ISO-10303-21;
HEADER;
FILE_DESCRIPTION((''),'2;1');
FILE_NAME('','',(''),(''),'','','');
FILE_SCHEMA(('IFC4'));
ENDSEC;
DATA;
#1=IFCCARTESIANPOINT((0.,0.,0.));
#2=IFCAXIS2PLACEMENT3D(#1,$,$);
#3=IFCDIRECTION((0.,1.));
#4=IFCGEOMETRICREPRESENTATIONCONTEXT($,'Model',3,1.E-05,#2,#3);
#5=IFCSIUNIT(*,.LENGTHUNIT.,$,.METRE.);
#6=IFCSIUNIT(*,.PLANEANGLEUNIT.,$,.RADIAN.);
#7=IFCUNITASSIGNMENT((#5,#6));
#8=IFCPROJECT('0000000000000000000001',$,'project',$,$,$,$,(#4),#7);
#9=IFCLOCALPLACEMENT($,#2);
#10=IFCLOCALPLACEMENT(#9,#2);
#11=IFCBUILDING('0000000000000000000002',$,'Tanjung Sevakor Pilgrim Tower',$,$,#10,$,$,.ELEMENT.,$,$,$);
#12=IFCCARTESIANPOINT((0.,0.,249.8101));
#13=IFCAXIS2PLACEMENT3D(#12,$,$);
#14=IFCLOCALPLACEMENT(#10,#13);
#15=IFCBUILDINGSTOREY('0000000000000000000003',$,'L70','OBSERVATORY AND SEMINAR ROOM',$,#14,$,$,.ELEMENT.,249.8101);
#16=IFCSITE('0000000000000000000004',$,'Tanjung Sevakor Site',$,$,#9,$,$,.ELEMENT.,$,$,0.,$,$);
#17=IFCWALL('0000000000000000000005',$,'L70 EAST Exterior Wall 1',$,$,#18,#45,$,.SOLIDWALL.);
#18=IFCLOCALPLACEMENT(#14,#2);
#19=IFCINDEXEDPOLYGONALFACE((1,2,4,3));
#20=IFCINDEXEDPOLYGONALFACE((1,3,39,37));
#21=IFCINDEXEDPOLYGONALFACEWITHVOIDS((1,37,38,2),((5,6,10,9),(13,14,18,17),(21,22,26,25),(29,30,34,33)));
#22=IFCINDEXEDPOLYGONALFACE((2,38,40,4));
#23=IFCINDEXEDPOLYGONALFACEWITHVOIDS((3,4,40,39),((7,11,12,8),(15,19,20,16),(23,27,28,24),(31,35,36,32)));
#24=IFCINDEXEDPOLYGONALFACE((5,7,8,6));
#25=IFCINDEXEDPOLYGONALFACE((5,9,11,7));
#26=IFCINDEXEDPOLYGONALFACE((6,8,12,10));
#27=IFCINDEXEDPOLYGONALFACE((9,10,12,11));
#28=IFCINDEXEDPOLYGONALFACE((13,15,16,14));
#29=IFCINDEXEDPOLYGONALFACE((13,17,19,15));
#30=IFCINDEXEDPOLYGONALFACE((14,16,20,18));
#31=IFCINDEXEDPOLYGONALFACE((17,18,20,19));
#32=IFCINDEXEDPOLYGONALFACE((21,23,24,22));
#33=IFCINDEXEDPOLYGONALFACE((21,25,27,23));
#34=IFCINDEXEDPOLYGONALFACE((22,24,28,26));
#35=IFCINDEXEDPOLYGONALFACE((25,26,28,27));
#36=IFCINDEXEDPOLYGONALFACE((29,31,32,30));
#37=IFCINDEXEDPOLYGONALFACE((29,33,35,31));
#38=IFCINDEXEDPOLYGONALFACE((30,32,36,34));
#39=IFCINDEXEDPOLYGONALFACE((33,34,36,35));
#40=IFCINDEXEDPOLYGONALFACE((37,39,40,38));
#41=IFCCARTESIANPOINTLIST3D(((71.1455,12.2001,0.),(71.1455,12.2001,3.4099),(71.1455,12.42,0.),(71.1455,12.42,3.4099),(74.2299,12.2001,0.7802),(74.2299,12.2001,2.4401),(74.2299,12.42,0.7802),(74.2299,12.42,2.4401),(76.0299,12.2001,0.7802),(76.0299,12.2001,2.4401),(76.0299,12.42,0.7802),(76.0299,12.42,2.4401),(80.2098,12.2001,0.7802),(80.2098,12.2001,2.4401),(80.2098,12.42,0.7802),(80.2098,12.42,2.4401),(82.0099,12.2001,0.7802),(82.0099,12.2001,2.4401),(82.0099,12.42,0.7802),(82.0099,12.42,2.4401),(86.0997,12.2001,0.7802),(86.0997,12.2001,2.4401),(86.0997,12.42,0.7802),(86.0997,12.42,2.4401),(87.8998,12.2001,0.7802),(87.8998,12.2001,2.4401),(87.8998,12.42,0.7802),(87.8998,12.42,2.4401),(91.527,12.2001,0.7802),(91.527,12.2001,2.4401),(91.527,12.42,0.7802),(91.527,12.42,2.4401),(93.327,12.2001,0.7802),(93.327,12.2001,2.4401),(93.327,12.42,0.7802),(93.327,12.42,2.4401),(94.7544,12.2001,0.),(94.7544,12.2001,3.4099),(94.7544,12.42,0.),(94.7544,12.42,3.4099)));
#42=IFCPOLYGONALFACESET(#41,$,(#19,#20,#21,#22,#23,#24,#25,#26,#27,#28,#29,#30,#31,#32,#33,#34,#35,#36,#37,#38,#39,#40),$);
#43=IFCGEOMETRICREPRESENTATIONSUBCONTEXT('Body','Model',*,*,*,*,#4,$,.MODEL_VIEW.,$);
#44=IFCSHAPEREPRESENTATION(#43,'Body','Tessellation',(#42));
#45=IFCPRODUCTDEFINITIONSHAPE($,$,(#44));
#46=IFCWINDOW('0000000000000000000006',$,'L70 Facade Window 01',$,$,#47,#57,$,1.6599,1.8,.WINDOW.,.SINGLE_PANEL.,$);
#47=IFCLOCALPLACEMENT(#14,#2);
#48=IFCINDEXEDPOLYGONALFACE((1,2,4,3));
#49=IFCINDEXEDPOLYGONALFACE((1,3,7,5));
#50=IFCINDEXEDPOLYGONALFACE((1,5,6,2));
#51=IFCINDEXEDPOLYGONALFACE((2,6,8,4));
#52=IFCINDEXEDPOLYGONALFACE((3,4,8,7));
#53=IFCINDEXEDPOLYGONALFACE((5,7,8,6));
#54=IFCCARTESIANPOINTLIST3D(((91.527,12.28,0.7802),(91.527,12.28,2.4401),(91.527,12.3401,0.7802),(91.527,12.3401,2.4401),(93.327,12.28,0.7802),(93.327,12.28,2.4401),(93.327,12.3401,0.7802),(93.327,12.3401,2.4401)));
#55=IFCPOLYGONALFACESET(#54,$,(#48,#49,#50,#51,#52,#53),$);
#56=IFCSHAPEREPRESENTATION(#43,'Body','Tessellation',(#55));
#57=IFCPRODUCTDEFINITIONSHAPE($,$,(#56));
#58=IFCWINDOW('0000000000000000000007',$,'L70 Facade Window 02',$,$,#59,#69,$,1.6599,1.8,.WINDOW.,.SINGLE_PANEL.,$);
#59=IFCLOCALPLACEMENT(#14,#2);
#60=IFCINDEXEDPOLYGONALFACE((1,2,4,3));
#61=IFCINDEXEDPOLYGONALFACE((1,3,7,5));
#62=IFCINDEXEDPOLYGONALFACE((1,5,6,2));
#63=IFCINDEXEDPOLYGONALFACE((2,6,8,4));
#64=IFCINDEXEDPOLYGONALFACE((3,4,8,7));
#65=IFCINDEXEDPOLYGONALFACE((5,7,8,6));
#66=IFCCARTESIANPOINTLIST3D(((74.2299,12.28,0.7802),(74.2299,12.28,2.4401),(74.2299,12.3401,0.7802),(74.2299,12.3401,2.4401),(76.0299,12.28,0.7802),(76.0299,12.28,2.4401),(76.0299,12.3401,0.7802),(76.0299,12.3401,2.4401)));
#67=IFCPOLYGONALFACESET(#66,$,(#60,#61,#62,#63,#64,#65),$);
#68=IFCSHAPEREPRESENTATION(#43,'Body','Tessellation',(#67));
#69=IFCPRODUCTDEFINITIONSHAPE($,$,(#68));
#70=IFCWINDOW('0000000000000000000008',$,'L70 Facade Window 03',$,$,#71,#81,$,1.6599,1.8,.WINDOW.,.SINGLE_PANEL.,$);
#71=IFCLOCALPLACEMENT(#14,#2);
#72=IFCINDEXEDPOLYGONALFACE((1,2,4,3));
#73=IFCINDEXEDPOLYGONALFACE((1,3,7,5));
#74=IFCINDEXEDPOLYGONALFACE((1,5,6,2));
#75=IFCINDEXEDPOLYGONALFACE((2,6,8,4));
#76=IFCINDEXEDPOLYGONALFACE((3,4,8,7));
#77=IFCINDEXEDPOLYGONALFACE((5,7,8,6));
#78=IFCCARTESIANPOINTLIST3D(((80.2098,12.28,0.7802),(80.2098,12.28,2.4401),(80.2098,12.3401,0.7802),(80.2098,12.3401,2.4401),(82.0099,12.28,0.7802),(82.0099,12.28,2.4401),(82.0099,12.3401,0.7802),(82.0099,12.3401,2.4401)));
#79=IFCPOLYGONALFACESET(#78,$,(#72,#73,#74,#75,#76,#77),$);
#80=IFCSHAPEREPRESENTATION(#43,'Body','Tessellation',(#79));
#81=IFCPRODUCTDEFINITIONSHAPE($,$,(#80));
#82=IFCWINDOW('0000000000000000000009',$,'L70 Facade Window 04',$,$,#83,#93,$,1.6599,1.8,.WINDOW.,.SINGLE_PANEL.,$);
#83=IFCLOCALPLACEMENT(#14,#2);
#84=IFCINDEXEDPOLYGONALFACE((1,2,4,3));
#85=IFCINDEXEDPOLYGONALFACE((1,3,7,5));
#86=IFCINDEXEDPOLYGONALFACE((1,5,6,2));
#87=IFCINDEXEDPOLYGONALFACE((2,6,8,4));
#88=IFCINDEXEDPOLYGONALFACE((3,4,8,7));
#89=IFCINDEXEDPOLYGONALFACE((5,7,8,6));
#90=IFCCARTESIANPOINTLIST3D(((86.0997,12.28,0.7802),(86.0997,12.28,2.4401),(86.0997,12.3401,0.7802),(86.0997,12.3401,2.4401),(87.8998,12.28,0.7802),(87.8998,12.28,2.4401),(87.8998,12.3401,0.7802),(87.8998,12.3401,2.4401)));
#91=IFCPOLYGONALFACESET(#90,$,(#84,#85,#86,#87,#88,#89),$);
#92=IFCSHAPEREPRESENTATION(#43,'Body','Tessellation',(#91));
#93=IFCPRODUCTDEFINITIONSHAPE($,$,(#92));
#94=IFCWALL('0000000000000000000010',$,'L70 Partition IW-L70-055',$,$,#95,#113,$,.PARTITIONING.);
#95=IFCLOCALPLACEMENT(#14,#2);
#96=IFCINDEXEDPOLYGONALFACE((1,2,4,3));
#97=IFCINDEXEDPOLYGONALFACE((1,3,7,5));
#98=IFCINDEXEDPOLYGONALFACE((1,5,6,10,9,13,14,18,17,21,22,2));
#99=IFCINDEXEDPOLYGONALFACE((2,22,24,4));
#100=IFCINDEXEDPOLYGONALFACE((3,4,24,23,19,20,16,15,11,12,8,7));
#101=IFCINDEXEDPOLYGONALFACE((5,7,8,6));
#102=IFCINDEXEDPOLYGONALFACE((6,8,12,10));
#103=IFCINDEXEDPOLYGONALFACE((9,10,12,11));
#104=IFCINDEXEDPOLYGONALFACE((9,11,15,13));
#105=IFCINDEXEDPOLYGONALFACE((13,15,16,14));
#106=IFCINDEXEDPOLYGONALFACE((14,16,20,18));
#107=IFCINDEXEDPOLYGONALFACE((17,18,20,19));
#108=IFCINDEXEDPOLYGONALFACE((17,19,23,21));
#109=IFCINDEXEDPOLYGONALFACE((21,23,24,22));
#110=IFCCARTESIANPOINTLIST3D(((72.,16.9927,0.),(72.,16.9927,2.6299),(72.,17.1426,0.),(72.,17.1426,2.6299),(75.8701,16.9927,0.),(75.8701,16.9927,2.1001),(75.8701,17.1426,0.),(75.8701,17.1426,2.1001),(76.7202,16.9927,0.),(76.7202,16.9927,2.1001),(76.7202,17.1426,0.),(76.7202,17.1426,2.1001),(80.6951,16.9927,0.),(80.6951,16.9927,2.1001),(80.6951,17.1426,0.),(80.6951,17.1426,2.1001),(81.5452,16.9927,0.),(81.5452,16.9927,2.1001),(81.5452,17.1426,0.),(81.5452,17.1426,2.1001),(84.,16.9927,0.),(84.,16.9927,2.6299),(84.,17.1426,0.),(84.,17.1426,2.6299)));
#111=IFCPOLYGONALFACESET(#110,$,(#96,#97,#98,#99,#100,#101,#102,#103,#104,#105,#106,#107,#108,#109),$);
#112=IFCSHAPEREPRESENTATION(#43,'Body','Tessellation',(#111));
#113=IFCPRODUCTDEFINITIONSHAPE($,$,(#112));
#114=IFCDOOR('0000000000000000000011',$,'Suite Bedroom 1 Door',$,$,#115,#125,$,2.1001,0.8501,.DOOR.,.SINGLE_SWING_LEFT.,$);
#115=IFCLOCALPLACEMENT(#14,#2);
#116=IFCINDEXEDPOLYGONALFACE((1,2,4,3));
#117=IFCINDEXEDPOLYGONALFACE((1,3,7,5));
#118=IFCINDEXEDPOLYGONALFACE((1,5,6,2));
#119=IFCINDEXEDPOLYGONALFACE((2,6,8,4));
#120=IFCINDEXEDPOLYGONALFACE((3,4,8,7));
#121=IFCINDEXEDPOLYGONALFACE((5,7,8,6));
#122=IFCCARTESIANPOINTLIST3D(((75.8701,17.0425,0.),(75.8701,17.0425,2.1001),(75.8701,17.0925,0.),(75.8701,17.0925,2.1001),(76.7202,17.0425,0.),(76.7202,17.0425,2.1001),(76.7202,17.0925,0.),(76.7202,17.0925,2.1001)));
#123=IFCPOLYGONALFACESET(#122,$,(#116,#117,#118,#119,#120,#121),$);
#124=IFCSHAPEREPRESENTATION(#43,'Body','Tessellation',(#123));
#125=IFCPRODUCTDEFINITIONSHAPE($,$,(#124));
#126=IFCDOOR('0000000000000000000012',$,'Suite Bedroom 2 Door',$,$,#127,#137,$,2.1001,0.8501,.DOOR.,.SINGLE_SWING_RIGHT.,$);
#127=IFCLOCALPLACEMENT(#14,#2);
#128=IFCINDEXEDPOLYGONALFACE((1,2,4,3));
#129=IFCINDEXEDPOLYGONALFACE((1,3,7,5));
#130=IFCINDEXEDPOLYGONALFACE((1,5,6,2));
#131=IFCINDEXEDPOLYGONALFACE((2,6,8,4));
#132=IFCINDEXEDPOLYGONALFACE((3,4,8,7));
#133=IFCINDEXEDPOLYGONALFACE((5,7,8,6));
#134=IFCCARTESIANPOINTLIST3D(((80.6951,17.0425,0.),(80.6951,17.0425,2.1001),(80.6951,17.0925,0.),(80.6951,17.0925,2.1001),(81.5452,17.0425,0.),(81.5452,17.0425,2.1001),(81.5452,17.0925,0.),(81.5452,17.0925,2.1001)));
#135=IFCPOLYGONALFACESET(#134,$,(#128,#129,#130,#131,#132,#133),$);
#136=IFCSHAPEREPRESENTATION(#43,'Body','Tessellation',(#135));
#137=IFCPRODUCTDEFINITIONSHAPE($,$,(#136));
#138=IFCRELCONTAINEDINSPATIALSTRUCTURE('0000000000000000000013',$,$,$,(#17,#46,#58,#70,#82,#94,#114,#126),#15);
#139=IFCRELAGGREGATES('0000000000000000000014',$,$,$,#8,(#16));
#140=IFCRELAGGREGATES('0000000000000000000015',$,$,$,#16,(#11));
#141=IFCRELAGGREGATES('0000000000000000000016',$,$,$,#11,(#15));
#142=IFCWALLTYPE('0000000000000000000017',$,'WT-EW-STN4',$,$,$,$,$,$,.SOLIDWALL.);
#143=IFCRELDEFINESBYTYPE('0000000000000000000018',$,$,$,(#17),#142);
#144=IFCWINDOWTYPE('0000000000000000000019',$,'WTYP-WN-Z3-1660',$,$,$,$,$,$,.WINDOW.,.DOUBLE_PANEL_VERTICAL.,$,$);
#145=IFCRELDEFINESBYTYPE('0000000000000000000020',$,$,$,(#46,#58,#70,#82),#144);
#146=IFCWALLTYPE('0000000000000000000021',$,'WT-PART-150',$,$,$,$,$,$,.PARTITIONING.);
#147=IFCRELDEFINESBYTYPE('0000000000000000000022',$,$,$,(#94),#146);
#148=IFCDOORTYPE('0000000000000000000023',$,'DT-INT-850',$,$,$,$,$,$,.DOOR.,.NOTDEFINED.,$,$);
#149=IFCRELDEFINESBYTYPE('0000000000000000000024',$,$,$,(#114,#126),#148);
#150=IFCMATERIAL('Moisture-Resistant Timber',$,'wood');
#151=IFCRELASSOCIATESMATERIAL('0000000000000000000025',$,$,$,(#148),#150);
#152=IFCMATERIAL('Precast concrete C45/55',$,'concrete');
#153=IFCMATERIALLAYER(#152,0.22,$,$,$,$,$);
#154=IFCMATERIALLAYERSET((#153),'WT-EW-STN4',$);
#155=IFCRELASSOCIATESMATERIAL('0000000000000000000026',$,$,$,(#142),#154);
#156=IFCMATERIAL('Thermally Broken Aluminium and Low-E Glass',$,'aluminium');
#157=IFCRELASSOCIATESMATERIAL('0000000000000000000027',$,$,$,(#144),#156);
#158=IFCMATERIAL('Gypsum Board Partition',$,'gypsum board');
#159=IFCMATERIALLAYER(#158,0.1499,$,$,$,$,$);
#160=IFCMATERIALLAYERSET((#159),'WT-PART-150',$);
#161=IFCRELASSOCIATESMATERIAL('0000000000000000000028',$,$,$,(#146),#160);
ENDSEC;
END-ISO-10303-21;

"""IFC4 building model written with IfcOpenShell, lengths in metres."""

from ifc_helpers import new_model, si_unit, direction, frame, frame_2d, origin, place, context, subcontext, project, spatial, rectangle, extrude, material, layer, layer_set, type_object, element, fill, save


model = new_model("IFC4")

# Units and contexts
model_context = context("Model", 3, precision=1e-05, world=origin(), true_north=direction((0.0, 1.0)))
body_context = subcontext(model_context, "Body", "Model", "MODEL_VIEW")
ifc_project = project(units=[si_unit("LENGTHUNIT", "METRE"), si_unit("PLANEANGLEUNIT", "RADIAN")], contexts=[model_context])

# Site, building, storey
site_placement = place(None, origin())
site = spatial("IfcSite", under=ifc_project, at=site_placement, Name="Tanjung Sevakor Site", CompositionType="ELEMENT", RefElevation=0.0)
building_placement = place(site_placement, origin())
building = spatial("IfcBuilding", under=site, at=building_placement, Name="Tanjung Sevakor Pilgrim Tower", CompositionType="ELEMENT")
storey_placement = place(building_placement, frame((0.0, 0.0, 249.8101)))
storey = spatial("IfcBuildingStorey", under=building, at=storey_placement, Name="L70", Description="OBSERVATORY AND SEMINAR ROOM", CompositionType="ELEMENT", Elevation=249.8101)

# Shared definitions
ifc_material_1 = material(Name="Moisture-Resistant Timber", Category="wood")
door_type_1 = type_object("IfcDoorType", Name="DT-INT-850", OperationType="NOTDEFINED", PredefinedType="DOOR", material=ifc_material_1)

# Wall, openings, windows
ifc_material_2 = material(Name="Precast concrete C45/55", Category="concrete")
ifc_layer_1 = layer(ifc_material_2, 0.22)
ifc_layer_set_1 = layer_set([ifc_layer_1], Name="WT-EW-STN4")
wall_type_1 = type_object("IfcWallType", Name="WT-EW-STN4", PredefinedType="SOLIDWALL", material=ifc_layer_set_1)
wall_1_placement = place(storey_placement, frame((71.1455, 12.3101, 0.0), z_axis=(0.0, 0.0, 1.0), x_axis=(1.0, 0.0, 0.0)))
wall_1 = element("IfcWall", 1, at=wall_1_placement, inside=storey, type_object=wall_type_1, Name="L70 EAST Exterior Wall 1", PredefinedType="SOLIDWALL", context=body_context, shape_type="SweptSolid", body=[
    extrude(rectangle(XDim=23.6089, YDim=0.22, at=frame_2d((11.8044, 0.0))), origin(), (0.0, 0.0, 1.0), 3.4099),
])
opening_1_placement = place(wall_1_placement, frame((20.3816, 0.0, 0.78)))
opening_1 = element("IfcOpeningElement", 2, at=opening_1_placement, cuts=wall_1, PredefinedType="OPENING", context=body_context, shape_type="SweptSolid", body=[
    extrude(rectangle(XDim=1.8, YDim=1.6599, at=frame_2d((0.8999, 0.8301))), frame((0.0, 0.1199, 0.0), z_axis=(0.0, -1.0, 0.0), x_axis=(1.0, 0.0, 0.0)), (0.0, 0.0, 1.0), 0.24),
])
opening_2_placement = place(wall_1_placement, frame((3.0845, 0.0, 0.78)))
opening_2 = element("IfcOpeningElement", 3, at=opening_2_placement, cuts=wall_1, PredefinedType="OPENING", context=body_context, shape_type="SweptSolid", body=[
    extrude(rectangle(XDim=1.8, YDim=1.6599, at=frame_2d((0.8999, 0.8301))), frame((0.0, 0.1199, 0.0), z_axis=(0.0, -1.0, 0.0), x_axis=(1.0, 0.0, 0.0)), (0.0, 0.0, 1.0), 0.24),
])
opening_3_placement = place(wall_1_placement, frame((9.0645, 0.0, 0.78)))
opening_3 = element("IfcOpeningElement", 4, at=opening_3_placement, cuts=wall_1, PredefinedType="OPENING", context=body_context, shape_type="SweptSolid", body=[
    extrude(rectangle(XDim=1.8, YDim=1.6599, at=frame_2d((0.8999, 0.8301))), frame((0.0, 0.1199, 0.0), z_axis=(0.0, -1.0, 0.0), x_axis=(1.0, 0.0, 0.0)), (0.0, 0.0, 1.0), 0.24),
])
opening_4_placement = place(wall_1_placement, frame((14.9543, 0.0, 0.78)))
opening_4 = element("IfcOpeningElement", 5, at=opening_4_placement, cuts=wall_1, PredefinedType="OPENING", context=body_context, shape_type="SweptSolid", body=[
    extrude(rectangle(XDim=1.8, YDim=1.6599, at=frame_2d((0.8999, 0.8301))), frame((0.0, 0.1199, 0.0), z_axis=(0.0, -1.0, 0.0), x_axis=(1.0, 0.0, 0.0)), (0.0, 0.0, 1.0), 0.24),
])
ifc_material_3 = material(Name="Thermally Broken Aluminium and Low-E Glass", Category="aluminium")
window_type = type_object("IfcWindowType", Name="WTYP-WN-Z3-1660", PartitioningType="DOUBLE_PANEL_VERTICAL", PredefinedType="WINDOW", material=ifc_material_3)
window_1_placement = place(opening_1_placement, origin())
window_1 = element("IfcWindow", 6, at=window_1_placement, inside=storey, type_object=window_type, Name="L70 Facade Window 01", OverallHeight=1.6599, OverallWidth=1.8, PartitioningType="SINGLE_PANEL", PredefinedType="WINDOW", context=body_context, shape_type="SweptSolid", body=[
    extrude(rectangle(XDim=1.8, YDim=1.6599, at=frame_2d((0.8999, 0.8301))), frame((0.0, 0.03, 0.0), z_axis=(0.0, -1.0, 0.0), x_axis=(1.0, 0.0, 0.0)), (0.0, 0.0, 1.0), 0.0601),
])
fill(opening_1, window_1)
window_2_placement = place(opening_2_placement, origin())
window_2 = element("IfcWindow", 7, at=window_2_placement, inside=storey, type_object=window_type, Name="L70 Facade Window 02", OverallHeight=1.6599, OverallWidth=1.8, PartitioningType="SINGLE_PANEL", PredefinedType="WINDOW", context=body_context, shape_type="SweptSolid", body=[
    extrude(rectangle(XDim=1.8, YDim=1.6599, at=frame_2d((0.8999, 0.8301))), frame((0.0, 0.03, 0.0), z_axis=(0.0, -1.0, 0.0), x_axis=(1.0, 0.0, 0.0)), (0.0, 0.0, 1.0), 0.0601),
])
fill(opening_2, window_2)
window_3_placement = place(opening_3_placement, origin())
window_3 = element("IfcWindow", 8, at=window_3_placement, inside=storey, type_object=window_type, Name="L70 Facade Window 03", OverallHeight=1.6599, OverallWidth=1.8, PartitioningType="SINGLE_PANEL", PredefinedType="WINDOW", context=body_context, shape_type="SweptSolid", body=[
    extrude(rectangle(XDim=1.8, YDim=1.6599, at=frame_2d((0.8999, 0.8301))), frame((0.0, 0.03, 0.0), z_axis=(0.0, -1.0, 0.0), x_axis=(1.0, 0.0, 0.0)), (0.0, 0.0, 1.0), 0.0601),
])
fill(opening_3, window_3)
window_4_placement = place(opening_4_placement, origin())
window_4 = element("IfcWindow", 9, at=window_4_placement, inside=storey, type_object=window_type, Name="L70 Facade Window 04", OverallHeight=1.6599, OverallWidth=1.8, PartitioningType="SINGLE_PANEL", PredefinedType="WINDOW", context=body_context, shape_type="SweptSolid", body=[
    extrude(rectangle(XDim=1.8, YDim=1.6599, at=frame_2d((0.8999, 0.8301))), frame((0.0, 0.03, 0.0), z_axis=(0.0, -1.0, 0.0), x_axis=(1.0, 0.0, 0.0)), (0.0, 0.0, 1.0), 0.0601),
])
fill(opening_4, window_4)

# Wall, openings, doors
ifc_material_4 = material(Name="Gypsum Board Partition", Category="gypsum board")
ifc_layer_2 = layer(ifc_material_4, 0.1499)
ifc_layer_set_2 = layer_set([ifc_layer_2], Name="WT-PART-150")
wall_type_2 = type_object("IfcWallType", Name="WT-PART-150", PredefinedType="PARTITIONING", material=ifc_layer_set_2)
wall_2_placement = place(storey_placement, frame((72.0, 17.0676, 0.0), z_axis=(0.0, 0.0, 1.0), x_axis=(1.0, 0.0, 0.0)))
wall_2 = element("IfcWall", 10, at=wall_2_placement, inside=storey, type_object=wall_type_2, Name="L70 Partition IW-L70-055", PredefinedType="PARTITIONING", context=body_context, shape_type="SweptSolid", body=[
    extrude(rectangle(XDim=12.0, YDim=0.1499, at=frame_2d((6.0, 0.0))), origin(), (0.0, 0.0, 1.0), 2.6299),
])
opening_5_placement = place(wall_2_placement, frame((3.8701, 0.0, 0.0)))
opening_5 = element("IfcOpeningElement", 11, at=opening_5_placement, cuts=wall_2, PredefinedType="OPENING", context=body_context, shape_type="SweptSolid", body=[
    extrude(rectangle(XDim=0.8501, YDim=2.1001, at=frame_2d((0.425, 1.05))), frame((0.0, 0.085, 0.0), z_axis=(0.0, -1.0, 0.0), x_axis=(1.0, 0.0, 0.0)), (0.0, 0.0, 1.0), 0.1699),
])
opening_6_placement = place(wall_2_placement, frame((8.6951, 0.0, 0.0)))
opening_6 = element("IfcOpeningElement", 12, at=opening_6_placement, cuts=wall_2, PredefinedType="OPENING", context=body_context, shape_type="SweptSolid", body=[
    extrude(rectangle(XDim=0.8501, YDim=2.1001, at=frame_2d((0.425, 1.05))), frame((0.0, 0.085, 0.0), z_axis=(0.0, -1.0, 0.0), x_axis=(1.0, 0.0, 0.0)), (0.0, 0.0, 1.0), 0.1699),
])
door_1_placement = place(opening_5_placement, origin())
door_1 = element("IfcDoor", 13, at=door_1_placement, inside=storey, type_object=door_type_1, Name="Suite Bedroom 1 Door", OperationType="SINGLE_SWING_LEFT", OverallHeight=2.1001, OverallWidth=0.8501, PredefinedType="DOOR", context=body_context, shape_type="SweptSolid", body=[
    extrude(rectangle(XDim=0.8501, YDim=2.1001, at=frame_2d((0.425, 1.05))), frame((0.0, 0.0249, 0.0), z_axis=(0.0, -1.0, 0.0), x_axis=(1.0, 0.0, 0.0)), (0.0, 0.0, 1.0), 0.05),
])
fill(opening_5, door_1)
door_2_placement = place(opening_6_placement, origin())
door_2 = element("IfcDoor", 14, at=door_2_placement, inside=storey, type_object=door_type_1, Name="Suite Bedroom 2 Door", OperationType="SINGLE_SWING_RIGHT", OverallHeight=2.1001, OverallWidth=0.8501, PredefinedType="DOOR", context=body_context, shape_type="SweptSolid", body=[
    extrude(rectangle(XDim=0.8501, YDim=2.1001, at=frame_2d((0.425, 1.05))), frame((0.0, 0.0249, 0.0), z_axis=(0.0, -1.0, 0.0), x_axis=(1.0, 0.0, 0.0)), (0.0, 0.0, 1.0), 0.05),
])
fill(opening_6, door_2)

save(model, "model.ifc")
